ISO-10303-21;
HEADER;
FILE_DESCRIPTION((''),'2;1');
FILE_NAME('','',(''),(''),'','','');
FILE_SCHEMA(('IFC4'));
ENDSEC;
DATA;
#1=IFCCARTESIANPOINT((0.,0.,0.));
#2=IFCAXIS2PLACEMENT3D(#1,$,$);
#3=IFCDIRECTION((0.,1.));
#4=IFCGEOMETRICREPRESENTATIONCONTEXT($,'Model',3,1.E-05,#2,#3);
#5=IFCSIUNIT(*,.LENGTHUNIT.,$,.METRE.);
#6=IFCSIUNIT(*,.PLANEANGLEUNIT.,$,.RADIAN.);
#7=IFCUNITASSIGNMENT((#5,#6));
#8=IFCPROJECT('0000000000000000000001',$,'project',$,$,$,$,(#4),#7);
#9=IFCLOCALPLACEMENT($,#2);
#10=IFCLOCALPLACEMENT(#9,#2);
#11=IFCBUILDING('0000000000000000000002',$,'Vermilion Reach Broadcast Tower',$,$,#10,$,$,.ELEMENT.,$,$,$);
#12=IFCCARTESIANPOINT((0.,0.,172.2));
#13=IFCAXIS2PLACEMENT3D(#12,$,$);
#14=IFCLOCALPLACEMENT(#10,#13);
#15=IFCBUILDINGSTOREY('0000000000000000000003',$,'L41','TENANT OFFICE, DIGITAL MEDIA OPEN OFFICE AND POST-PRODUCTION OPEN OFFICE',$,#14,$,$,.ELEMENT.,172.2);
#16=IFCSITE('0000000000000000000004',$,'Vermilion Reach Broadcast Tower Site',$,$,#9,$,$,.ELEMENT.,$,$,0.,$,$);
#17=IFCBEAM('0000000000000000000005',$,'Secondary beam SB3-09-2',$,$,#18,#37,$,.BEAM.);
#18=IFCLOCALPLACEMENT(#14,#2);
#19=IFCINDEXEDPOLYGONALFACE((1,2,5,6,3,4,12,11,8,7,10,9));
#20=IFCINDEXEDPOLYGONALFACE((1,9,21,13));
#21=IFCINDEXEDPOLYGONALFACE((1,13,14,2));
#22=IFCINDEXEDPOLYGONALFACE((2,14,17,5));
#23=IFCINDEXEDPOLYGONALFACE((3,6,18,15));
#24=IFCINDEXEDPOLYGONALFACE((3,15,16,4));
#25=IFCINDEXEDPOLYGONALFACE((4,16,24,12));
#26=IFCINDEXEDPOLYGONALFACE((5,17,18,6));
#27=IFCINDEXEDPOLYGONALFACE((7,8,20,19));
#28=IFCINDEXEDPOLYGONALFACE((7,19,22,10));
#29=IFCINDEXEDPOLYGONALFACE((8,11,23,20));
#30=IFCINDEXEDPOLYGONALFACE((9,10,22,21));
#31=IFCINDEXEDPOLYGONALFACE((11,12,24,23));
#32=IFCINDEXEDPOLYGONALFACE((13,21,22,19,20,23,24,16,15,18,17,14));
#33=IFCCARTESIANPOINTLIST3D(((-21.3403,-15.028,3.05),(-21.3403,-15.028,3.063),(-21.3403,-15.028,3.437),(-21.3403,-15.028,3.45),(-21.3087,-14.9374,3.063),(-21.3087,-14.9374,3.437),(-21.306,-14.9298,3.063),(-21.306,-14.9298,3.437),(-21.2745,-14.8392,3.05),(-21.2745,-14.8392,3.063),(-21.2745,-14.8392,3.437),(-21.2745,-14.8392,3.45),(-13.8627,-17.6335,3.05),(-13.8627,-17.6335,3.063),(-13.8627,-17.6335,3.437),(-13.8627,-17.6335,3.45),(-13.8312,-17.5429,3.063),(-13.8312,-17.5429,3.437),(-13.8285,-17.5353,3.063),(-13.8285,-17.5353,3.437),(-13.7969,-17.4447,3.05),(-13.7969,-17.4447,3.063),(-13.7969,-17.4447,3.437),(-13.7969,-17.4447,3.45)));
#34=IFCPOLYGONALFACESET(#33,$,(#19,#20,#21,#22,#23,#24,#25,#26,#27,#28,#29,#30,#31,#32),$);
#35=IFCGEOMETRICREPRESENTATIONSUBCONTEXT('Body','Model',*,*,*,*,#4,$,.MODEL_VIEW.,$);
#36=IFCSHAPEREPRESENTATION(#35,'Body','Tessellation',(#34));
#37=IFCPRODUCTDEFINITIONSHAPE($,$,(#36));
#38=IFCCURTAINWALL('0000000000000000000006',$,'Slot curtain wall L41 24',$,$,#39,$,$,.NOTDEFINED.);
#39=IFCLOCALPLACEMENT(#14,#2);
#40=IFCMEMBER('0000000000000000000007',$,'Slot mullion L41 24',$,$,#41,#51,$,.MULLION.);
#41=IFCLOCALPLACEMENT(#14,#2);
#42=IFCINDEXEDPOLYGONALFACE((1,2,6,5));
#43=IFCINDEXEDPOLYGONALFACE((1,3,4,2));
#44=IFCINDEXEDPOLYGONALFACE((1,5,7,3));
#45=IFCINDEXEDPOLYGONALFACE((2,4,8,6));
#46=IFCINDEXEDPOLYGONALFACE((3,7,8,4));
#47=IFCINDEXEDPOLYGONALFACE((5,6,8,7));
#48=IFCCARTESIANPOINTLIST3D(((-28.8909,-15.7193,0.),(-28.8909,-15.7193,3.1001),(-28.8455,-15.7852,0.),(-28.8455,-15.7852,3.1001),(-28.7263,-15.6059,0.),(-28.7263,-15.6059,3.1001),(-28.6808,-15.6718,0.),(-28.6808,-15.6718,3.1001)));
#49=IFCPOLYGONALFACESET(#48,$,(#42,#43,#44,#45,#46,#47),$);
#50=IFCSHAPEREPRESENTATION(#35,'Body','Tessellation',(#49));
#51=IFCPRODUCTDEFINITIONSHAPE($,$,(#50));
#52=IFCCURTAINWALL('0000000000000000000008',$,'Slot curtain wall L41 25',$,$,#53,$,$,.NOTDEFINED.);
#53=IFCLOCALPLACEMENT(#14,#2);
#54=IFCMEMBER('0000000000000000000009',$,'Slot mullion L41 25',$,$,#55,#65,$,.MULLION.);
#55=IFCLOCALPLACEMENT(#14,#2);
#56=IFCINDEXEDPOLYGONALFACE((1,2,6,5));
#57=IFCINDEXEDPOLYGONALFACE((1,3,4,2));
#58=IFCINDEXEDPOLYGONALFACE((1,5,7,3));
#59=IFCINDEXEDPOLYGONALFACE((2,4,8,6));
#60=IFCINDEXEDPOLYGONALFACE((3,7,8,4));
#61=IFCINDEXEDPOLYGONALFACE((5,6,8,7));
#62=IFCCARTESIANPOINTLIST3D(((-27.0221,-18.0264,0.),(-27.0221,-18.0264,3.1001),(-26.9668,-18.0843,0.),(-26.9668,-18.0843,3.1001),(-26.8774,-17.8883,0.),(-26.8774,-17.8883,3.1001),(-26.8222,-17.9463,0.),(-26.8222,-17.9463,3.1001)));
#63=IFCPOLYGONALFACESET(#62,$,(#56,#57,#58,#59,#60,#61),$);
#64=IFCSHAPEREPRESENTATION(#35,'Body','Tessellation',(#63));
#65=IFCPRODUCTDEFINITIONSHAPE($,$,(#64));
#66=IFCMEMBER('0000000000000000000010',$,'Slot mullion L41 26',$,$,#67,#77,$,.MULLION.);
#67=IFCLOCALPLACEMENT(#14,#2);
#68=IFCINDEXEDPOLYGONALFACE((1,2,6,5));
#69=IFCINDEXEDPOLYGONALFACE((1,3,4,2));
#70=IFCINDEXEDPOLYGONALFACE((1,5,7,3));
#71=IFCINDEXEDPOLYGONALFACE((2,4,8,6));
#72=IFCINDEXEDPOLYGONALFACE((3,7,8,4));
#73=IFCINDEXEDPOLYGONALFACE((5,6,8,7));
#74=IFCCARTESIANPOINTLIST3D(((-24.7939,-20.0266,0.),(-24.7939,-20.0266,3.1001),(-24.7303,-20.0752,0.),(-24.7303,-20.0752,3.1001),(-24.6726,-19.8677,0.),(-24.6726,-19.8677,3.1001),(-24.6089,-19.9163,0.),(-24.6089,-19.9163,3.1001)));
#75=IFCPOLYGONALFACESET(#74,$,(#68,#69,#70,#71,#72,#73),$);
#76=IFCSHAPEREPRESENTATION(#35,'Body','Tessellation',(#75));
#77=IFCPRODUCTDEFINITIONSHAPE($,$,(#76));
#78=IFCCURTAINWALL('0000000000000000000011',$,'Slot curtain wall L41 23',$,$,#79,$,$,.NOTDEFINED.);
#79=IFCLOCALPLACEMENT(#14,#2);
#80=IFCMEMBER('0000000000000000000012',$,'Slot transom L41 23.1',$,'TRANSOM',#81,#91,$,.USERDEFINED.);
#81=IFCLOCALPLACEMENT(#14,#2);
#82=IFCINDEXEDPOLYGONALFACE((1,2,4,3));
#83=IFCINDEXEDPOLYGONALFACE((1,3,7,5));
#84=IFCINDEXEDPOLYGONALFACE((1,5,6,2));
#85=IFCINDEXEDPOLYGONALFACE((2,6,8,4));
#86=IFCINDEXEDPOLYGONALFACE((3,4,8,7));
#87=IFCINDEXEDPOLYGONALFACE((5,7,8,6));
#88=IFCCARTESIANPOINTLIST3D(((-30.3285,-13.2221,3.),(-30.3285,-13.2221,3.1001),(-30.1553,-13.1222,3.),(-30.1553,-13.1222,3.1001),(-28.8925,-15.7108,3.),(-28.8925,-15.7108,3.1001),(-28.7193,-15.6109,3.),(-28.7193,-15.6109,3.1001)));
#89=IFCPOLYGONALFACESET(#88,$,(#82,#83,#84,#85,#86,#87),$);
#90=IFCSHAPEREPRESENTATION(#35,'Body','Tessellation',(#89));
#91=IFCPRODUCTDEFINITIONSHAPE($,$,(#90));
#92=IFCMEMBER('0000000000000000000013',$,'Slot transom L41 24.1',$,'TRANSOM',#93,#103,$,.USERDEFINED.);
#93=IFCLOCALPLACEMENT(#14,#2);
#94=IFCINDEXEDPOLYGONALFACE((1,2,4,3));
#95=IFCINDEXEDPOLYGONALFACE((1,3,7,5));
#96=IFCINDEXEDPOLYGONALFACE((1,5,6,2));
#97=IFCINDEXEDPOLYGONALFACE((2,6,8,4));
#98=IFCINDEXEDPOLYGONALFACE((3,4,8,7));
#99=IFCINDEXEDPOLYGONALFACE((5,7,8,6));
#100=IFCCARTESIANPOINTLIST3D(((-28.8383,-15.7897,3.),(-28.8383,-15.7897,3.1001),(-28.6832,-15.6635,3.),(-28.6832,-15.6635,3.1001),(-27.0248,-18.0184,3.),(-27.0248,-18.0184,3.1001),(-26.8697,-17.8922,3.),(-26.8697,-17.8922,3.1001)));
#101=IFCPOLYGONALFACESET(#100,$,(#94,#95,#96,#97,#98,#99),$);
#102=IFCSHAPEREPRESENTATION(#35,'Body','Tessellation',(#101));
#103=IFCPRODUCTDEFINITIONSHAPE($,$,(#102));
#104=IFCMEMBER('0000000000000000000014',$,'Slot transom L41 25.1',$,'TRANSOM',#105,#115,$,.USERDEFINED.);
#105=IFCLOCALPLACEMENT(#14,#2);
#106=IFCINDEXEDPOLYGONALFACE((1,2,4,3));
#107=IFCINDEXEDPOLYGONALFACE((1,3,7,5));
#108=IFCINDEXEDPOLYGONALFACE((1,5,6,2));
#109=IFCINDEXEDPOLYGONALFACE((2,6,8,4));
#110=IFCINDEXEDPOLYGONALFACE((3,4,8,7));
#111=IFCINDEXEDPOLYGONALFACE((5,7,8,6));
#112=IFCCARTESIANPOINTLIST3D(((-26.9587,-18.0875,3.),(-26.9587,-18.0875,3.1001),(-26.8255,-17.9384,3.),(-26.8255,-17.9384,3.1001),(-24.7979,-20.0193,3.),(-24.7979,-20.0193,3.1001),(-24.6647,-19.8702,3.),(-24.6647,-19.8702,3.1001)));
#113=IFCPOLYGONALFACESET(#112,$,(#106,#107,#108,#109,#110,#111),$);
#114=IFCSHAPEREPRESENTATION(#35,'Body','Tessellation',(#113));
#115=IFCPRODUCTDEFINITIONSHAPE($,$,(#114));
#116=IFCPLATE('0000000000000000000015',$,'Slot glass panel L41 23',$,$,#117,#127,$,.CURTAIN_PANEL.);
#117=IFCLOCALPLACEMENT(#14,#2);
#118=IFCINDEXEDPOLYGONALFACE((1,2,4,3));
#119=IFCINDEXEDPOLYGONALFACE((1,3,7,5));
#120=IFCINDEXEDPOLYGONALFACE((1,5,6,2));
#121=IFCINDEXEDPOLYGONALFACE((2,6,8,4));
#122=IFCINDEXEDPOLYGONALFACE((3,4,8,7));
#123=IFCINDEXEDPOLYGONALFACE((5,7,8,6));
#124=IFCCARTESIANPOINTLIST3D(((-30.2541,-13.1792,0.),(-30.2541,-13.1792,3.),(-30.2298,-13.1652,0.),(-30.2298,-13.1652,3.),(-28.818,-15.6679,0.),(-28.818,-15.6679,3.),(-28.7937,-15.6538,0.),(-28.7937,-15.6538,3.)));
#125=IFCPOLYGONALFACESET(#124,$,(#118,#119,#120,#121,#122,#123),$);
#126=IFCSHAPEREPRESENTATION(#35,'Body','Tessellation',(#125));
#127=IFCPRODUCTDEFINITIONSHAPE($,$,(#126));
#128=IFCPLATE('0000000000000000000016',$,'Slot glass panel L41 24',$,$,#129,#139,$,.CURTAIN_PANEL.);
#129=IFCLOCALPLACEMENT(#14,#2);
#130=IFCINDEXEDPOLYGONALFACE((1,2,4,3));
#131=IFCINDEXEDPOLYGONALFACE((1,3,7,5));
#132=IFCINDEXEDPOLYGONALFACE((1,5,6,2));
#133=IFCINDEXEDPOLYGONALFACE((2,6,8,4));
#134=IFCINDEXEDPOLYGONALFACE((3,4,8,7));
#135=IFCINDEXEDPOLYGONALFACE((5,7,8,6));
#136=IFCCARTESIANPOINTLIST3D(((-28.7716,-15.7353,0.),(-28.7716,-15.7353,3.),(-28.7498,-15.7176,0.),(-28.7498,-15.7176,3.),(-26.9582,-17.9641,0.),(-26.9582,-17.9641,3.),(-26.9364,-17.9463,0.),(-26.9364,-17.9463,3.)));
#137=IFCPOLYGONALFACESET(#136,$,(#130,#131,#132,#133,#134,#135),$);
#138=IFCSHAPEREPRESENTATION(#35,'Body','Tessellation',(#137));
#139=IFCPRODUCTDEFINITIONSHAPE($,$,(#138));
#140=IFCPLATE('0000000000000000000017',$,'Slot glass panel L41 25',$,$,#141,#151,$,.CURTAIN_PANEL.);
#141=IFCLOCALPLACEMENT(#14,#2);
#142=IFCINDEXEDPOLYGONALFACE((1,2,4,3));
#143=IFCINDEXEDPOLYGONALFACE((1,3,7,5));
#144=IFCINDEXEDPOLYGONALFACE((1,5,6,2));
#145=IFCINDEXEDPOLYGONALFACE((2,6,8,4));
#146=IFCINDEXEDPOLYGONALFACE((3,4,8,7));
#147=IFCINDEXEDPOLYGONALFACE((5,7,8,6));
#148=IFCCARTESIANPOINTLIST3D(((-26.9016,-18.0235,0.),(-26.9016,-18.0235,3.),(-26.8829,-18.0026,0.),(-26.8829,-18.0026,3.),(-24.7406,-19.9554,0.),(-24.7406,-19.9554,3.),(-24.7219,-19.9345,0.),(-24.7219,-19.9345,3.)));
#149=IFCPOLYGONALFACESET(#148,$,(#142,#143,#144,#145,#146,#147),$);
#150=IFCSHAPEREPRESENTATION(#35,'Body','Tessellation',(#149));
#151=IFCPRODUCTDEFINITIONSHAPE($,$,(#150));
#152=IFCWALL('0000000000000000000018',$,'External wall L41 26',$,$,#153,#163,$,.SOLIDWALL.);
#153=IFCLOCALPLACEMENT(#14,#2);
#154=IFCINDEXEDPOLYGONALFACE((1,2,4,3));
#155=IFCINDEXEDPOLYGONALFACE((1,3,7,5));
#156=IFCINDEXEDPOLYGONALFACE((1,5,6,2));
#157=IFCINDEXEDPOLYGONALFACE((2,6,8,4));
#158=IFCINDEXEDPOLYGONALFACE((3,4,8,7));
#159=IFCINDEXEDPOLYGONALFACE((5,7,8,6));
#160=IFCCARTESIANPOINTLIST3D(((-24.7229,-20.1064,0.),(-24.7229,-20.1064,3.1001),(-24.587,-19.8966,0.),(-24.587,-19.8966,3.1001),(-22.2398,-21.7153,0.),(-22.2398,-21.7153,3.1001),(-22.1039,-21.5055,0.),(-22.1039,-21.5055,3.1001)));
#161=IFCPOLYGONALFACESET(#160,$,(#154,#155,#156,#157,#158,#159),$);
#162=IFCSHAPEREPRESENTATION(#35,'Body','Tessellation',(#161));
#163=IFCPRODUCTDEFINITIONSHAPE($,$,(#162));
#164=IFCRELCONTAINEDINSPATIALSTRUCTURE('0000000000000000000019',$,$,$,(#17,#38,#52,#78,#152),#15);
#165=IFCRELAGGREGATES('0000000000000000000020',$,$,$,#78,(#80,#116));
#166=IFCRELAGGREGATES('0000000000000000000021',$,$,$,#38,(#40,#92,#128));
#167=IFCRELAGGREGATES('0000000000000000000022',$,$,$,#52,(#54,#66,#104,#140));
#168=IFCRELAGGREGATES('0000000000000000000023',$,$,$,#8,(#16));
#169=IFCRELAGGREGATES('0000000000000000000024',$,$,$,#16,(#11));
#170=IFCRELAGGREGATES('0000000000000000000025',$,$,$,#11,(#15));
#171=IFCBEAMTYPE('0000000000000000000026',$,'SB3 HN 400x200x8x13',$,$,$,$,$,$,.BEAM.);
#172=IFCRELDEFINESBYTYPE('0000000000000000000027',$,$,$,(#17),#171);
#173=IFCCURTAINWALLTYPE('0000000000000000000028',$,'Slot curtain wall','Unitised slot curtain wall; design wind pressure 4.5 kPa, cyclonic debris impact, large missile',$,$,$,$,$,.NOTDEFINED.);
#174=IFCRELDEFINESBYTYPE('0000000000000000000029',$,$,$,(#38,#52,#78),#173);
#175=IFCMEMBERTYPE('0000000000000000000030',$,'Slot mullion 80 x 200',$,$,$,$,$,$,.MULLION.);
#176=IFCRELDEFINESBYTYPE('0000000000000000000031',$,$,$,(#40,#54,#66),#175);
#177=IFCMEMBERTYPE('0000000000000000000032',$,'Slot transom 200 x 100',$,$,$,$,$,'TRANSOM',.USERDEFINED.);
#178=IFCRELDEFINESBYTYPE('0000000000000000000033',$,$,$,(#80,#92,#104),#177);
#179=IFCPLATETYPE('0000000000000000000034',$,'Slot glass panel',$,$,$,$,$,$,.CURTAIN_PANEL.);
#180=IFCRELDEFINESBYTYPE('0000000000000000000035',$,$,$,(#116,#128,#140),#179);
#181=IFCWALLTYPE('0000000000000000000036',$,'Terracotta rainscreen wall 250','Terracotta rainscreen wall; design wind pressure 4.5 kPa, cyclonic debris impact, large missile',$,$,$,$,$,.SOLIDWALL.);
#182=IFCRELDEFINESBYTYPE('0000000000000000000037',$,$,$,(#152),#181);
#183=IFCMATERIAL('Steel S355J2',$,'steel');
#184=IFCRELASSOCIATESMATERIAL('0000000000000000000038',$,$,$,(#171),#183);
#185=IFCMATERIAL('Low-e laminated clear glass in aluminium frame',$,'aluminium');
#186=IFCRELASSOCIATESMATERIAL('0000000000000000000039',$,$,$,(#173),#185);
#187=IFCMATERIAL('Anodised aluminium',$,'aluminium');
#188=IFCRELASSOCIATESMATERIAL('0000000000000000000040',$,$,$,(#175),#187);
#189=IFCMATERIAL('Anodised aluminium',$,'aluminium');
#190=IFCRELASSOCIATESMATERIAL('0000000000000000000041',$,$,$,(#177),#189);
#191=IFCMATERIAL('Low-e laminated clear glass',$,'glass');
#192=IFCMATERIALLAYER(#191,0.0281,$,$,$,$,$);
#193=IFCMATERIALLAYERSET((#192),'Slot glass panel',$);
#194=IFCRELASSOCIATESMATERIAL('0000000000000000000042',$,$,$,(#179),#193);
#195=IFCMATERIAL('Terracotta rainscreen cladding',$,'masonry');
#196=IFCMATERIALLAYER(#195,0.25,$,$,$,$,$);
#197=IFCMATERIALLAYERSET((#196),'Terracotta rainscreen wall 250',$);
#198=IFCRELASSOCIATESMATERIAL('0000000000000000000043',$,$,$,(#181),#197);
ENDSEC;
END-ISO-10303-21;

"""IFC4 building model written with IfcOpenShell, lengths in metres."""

from ifc_helpers import new_model, si_unit, direction, frame, frame_2d, origin, origin_2d, place, context, subcontext, project, spatial, rectangle, i_section, extrude, material, layer, layer_set, material_profile, profile_set, type_object, element, aggregate, save


model = new_model("IFC4")

# Units and contexts
model_context = context("Model", 3, precision=1e-05, world=origin(), true_north=direction((0.0, 1.0)))
body_context = subcontext(model_context, "Body", "Model", "MODEL_VIEW")
ifc_project = project(units=[si_unit("LENGTHUNIT", "METRE"), si_unit("PLANEANGLEUNIT", "RADIAN")], contexts=[model_context])

# Site, building, storey
site_placement = place(None, origin())
site = spatial("IfcSite", under=ifc_project, at=site_placement, Name="Vermilion Reach Broadcast Tower Site", CompositionType="ELEMENT", RefElevation=0.0)
building_placement = place(site_placement, origin())
building = spatial("IfcBuilding", under=site, at=building_placement, Name="Vermilion Reach Broadcast Tower", CompositionType="ELEMENT")
storey_placement = place(building_placement, frame((0.0, 0.0, 172.2)))
storey = spatial("IfcBuildingStorey", under=building, at=storey_placement, Name="L41", Description="TENANT OFFICE, DIGITAL MEDIA OPEN OFFICE AND POST-PRODUCTION OPEN OFFICE", CompositionType="ELEMENT", Elevation=172.2)

# Beam
ifc_material_1 = material(Name="Steel S355J2", Category="steel")
ifc_material_profile_1 = material_profile(ifc_material_1, i_section(OverallWidth=0.2, OverallDepth=0.3999, WebThickness=0.0081, FlangeThickness=0.0129, at=origin_2d()), Name="S355J2 HN 400x200x8x13")
ifc_profile_set_1 = profile_set([ifc_material_profile_1], Name="Steel S355J2")
beam_type_1 = type_object("IfcBeamType", Name="SB3 HN 400x200x8x13", PredefinedType="BEAM", material=ifc_profile_set_1)
beam_1_placement = place(storey_placement, frame((-21.3074, -14.9336, 3.25), z_axis=(0.944317, -0.329037, 0.0), x_axis=(0.329037, 0.944317, 0.0)))
element("IfcBeam", 1, at=beam_1_placement, inside=storey, type_object=beam_type_1, Name="Secondary beam SB3-09-2", PredefinedType="BEAM", context=body_context, shape_type="SweptSolid", body=[
    extrude(i_section(OverallWidth=0.2, OverallDepth=0.3999, WebThickness=0.0081, FlangeThickness=0.0129, at=origin_2d()), origin(), (0.0, 0.0, 1.0), 7.9185),
])

# Curtain wall, member
ifc_material_2 = material(Name="Low-e laminated clear glass in aluminium frame", Category="aluminium")
curtain_wall_type = type_object("IfcCurtainWallType", Name="Slot curtain wall", Description="Unitised slot curtain wall; design wind pressure 4.5 kPa, cyclonic debris impact, large missile", PredefinedType="NOTDEFINED", material=ifc_material_2)
placement = place(storey_placement, origin())
curtain_wall_1 = element("IfcCurtainWall", 2, at=placement, inside=storey, type_object=curtain_wall_type, Name="Slot curtain wall L41 24", PredefinedType="NOTDEFINED")
ifc_material_3 = material(Name="Anodised aluminium", Category="aluminium")
ifc_material_profile_2 = material_profile(ifc_material_3, rectangle(XDim=0.2, YDim=0.0801, at=origin_2d()), Name="Slot mullion 80 x 200")
ifc_profile_set_2 = profile_set([ifc_material_profile_2], Name="Anodised aluminium")
member_type_1 = type_object("IfcMemberType", Name="Slot mullion 80 x 200", PredefinedType="MULLION", material=ifc_profile_set_2)
member_1_placement = place(storey_placement, frame((-28.7859, -15.6956, 0.0), z_axis=(0.0, 0.0, 1.0), x_axis=(0.823533, 0.567269, 0.0)))
member_1 = element("IfcMember", 3, at=member_1_placement, type_object=member_type_1, Name="Slot mullion L41 24", PredefinedType="MULLION", context=body_context, shape_type="SweptSolid", body=[
    extrude(rectangle(XDim=0.2, YDim=0.0801, at=origin_2d()), origin(), (0.0, 0.0, 1.0), 3.1001),
])

# Curtain wall, members
curtain_wall_2 = element("IfcCurtainWall", 4, at=placement, inside=storey, type_object=curtain_wall_type, Name="Slot curtain wall L41 25", PredefinedType="NOTDEFINED")
member_2_placement = place(storey_placement, frame((-26.9221, -17.9863, 0.0), z_axis=(0.0, 0.0, 1.0), x_axis=(0.723342, 0.69049, 0.0)))
member_2 = element("IfcMember", 5, at=member_2_placement, type_object=member_type_1, Name="Slot mullion L41 25", PredefinedType="MULLION", context=body_context, shape_type="SweptSolid", body=[
    extrude(rectangle(XDim=0.2, YDim=0.0801, at=origin_2d()), origin(), (0.0, 0.0, 1.0), 3.1001),
])
member_3_placement = place(storey_placement, frame((-24.7014, -19.9714, 0.0), z_axis=(0.0, 0.0, 1.0), x_axis=(0.606912, 0.794769, 0.0)))
member_3 = element("IfcMember", 6, at=member_3_placement, type_object=member_type_1, Name="Slot mullion L41 26", PredefinedType="MULLION", context=body_context, shape_type="SweptSolid", body=[
    extrude(rectangle(XDim=0.2, YDim=0.0801, at=origin_2d()), origin(), (0.0, 0.0, 1.0), 3.1001),
])

# Curtain wall, member
curtain_wall_3 = element("IfcCurtainWall", 7, at=placement, inside=storey, type_object=curtain_wall_type, Name="Slot curtain wall L41 23", PredefinedType="NOTDEFINED")
ifc_material_4 = material(Name="Anodised aluminium", Category="aluminium")
ifc_material_profile_3 = material_profile(ifc_material_4, rectangle(XDim=0.2, YDim=0.1001, at=origin_2d()), Name="Slot transom 200 x 100")
ifc_profile_set_3 = profile_set([ifc_material_profile_3], Name="Anodised aluminium")
member_type_2 = type_object("IfcMemberType", Name="Slot transom 200 x 100", ElementType="TRANSOM", PredefinedType="USERDEFINED", material=ifc_profile_set_3)
member_4_placement = place(storey_placement, frame((-30.2419, -13.1721, 3.05), z_axis=(0.499776, -0.866154, 0.0), x_axis=(0.866154, 0.499776, 0.0)))
member_4 = element("IfcMember", 8, at=member_4_placement, type_object=member_type_2, Name="Slot transom L41 23.1", ObjectType="TRANSOM", PredefinedType="USERDEFINED", context=body_context, shape_type="SweptSolid", body=[
    extrude(rectangle(XDim=0.2, YDim=0.1001, at=origin_2d()), origin(), (0.0, 0.0, 1.0), 2.8733),
])

# Members
member_5_placement = place(storey_placement, frame((-28.7607, -15.7266, 3.05), z_axis=(0.631139, -0.775669, 0.0), x_axis=(0.775669, 0.631139, 0.0)))
member_5 = element("IfcMember", 9, at=member_5_placement, type_object=member_type_2, Name="Slot transom L41 24.1", ObjectType="TRANSOM", PredefinedType="USERDEFINED", context=body_context, shape_type="SweptSolid", body=[
    extrude(rectangle(XDim=0.2, YDim=0.1001, at=origin_2d()), origin(), (0.0, 0.0, 1.0), 2.8733),
])
member_6_placement = place(storey_placement, frame((-26.8921, -18.0129, 3.05), z_axis=(0.745506, -0.666499, 0.0), x_axis=(0.666499, 0.745506, 0.0)))
member_6 = element("IfcMember", 10, at=member_6_placement, type_object=member_type_2, Name="Slot transom L41 25.1", ObjectType="TRANSOM", PredefinedType="USERDEFINED", context=body_context, shape_type="SweptSolid", body=[
    extrude(rectangle(XDim=0.2, YDim=0.1001, at=origin_2d()), origin(), (0.0, 0.0, 1.0), 2.8984),
])

# Plates
ifc_material_5 = material(Name="Low-e laminated clear glass", Category="glass")
ifc_layer_1 = layer(ifc_material_5, 0.0281)
ifc_layer_set_1 = layer_set([ifc_layer_1], Name="Slot glass panel")
plate_type = type_object("IfcPlateType", Name="Slot glass panel", PredefinedType="CURTAIN_PANEL", material=ifc_layer_set_1)
plate_1_placement = place(storey_placement, frame((-29.5239, -14.4165, 0.0), z_axis=(0.0, 0.0, 1.0), x_axis=(0.4998, -0.866141, 0.0)))
plate_1 = element("IfcPlate", 11, at=plate_1_placement, type_object=plate_type, Name="Slot glass panel L41 23", PredefinedType="CURTAIN_PANEL", context=body_context, shape_type="SweptSolid", body=[
    extrude(rectangle(XDim=2.8733, YDim=0.0281, at=origin_2d()), origin(), (0.0, 0.0, 1.0), 3.0),
])
aggregate(curtain_wall_3, [member_4, plate_1])
plate_2_placement = place(storey_placement, frame((-27.854, -16.8408, 0.0), z_axis=(0.0, 0.0, 1.0), x_axis=(0.631126, -0.77568, 0.0)))
plate_2 = element("IfcPlate", 12, at=plate_2_placement, type_object=plate_type, Name="Slot glass panel L41 24", PredefinedType="CURTAIN_PANEL", context=body_context, shape_type="SweptSolid", body=[
    extrude(rectangle(XDim=2.8733, YDim=0.0281, at=origin_2d()), origin(), (0.0, 0.0, 1.0), 3.0),
])
aggregate(curtain_wall_1, [member_1, member_5, plate_2])
plate_3_placement = place(storey_placement, frame((-25.8118, -18.979, 0.0), z_axis=(0.0, 0.0, 1.0), x_axis=(0.745529, -0.666473, 0.0)))
plate_3 = element("IfcPlate", 13, at=plate_3_placement, type_object=plate_type, Name="Slot glass panel L41 25", PredefinedType="CURTAIN_PANEL", context=body_context, shape_type="SweptSolid", body=[
    extrude(rectangle(XDim=2.8987, YDim=0.0281, at=origin_2d()), origin(), (0.0, 0.0, 1.0), 3.0),
])
aggregate(curtain_wall_2, [member_2, member_3, member_6, plate_3])

# Wall
ifc_material_6 = material(Name="Terracotta rainscreen cladding", Category="masonry")
ifc_layer_2 = layer(ifc_material_6, 0.25)
ifc_layer_set_2 = layer_set([ifc_layer_2], Name="Terracotta rainscreen wall 250")
wall_type = type_object("IfcWallType", Name="Terracotta rainscreen wall 250", Description="Terracotta rainscreen wall; design wind pressure 4.5 kPa, cyclonic debris impact, large missile", PredefinedType="SOLIDWALL", material=ifc_layer_set_2)
wall_1_placement = place(storey_placement, frame((-24.655, -20.0015, 0.0), z_axis=(0.0, 0.0, 1.0), x_axis=(0.83924, -0.543761, 0.0)))
element("IfcWall", 14, at=wall_1_placement, inside=storey, type_object=wall_type, Name="External wall L41 26", PredefinedType="SOLIDWALL", context=body_context, shape_type="SweptSolid", body=[
    extrude(rectangle(XDim=2.9587, YDim=0.25, at=frame_2d((1.4795, 0.0))), origin(), (0.0, 0.0, 1.0), 3.1001),
])

save(model, "model.ifc")
